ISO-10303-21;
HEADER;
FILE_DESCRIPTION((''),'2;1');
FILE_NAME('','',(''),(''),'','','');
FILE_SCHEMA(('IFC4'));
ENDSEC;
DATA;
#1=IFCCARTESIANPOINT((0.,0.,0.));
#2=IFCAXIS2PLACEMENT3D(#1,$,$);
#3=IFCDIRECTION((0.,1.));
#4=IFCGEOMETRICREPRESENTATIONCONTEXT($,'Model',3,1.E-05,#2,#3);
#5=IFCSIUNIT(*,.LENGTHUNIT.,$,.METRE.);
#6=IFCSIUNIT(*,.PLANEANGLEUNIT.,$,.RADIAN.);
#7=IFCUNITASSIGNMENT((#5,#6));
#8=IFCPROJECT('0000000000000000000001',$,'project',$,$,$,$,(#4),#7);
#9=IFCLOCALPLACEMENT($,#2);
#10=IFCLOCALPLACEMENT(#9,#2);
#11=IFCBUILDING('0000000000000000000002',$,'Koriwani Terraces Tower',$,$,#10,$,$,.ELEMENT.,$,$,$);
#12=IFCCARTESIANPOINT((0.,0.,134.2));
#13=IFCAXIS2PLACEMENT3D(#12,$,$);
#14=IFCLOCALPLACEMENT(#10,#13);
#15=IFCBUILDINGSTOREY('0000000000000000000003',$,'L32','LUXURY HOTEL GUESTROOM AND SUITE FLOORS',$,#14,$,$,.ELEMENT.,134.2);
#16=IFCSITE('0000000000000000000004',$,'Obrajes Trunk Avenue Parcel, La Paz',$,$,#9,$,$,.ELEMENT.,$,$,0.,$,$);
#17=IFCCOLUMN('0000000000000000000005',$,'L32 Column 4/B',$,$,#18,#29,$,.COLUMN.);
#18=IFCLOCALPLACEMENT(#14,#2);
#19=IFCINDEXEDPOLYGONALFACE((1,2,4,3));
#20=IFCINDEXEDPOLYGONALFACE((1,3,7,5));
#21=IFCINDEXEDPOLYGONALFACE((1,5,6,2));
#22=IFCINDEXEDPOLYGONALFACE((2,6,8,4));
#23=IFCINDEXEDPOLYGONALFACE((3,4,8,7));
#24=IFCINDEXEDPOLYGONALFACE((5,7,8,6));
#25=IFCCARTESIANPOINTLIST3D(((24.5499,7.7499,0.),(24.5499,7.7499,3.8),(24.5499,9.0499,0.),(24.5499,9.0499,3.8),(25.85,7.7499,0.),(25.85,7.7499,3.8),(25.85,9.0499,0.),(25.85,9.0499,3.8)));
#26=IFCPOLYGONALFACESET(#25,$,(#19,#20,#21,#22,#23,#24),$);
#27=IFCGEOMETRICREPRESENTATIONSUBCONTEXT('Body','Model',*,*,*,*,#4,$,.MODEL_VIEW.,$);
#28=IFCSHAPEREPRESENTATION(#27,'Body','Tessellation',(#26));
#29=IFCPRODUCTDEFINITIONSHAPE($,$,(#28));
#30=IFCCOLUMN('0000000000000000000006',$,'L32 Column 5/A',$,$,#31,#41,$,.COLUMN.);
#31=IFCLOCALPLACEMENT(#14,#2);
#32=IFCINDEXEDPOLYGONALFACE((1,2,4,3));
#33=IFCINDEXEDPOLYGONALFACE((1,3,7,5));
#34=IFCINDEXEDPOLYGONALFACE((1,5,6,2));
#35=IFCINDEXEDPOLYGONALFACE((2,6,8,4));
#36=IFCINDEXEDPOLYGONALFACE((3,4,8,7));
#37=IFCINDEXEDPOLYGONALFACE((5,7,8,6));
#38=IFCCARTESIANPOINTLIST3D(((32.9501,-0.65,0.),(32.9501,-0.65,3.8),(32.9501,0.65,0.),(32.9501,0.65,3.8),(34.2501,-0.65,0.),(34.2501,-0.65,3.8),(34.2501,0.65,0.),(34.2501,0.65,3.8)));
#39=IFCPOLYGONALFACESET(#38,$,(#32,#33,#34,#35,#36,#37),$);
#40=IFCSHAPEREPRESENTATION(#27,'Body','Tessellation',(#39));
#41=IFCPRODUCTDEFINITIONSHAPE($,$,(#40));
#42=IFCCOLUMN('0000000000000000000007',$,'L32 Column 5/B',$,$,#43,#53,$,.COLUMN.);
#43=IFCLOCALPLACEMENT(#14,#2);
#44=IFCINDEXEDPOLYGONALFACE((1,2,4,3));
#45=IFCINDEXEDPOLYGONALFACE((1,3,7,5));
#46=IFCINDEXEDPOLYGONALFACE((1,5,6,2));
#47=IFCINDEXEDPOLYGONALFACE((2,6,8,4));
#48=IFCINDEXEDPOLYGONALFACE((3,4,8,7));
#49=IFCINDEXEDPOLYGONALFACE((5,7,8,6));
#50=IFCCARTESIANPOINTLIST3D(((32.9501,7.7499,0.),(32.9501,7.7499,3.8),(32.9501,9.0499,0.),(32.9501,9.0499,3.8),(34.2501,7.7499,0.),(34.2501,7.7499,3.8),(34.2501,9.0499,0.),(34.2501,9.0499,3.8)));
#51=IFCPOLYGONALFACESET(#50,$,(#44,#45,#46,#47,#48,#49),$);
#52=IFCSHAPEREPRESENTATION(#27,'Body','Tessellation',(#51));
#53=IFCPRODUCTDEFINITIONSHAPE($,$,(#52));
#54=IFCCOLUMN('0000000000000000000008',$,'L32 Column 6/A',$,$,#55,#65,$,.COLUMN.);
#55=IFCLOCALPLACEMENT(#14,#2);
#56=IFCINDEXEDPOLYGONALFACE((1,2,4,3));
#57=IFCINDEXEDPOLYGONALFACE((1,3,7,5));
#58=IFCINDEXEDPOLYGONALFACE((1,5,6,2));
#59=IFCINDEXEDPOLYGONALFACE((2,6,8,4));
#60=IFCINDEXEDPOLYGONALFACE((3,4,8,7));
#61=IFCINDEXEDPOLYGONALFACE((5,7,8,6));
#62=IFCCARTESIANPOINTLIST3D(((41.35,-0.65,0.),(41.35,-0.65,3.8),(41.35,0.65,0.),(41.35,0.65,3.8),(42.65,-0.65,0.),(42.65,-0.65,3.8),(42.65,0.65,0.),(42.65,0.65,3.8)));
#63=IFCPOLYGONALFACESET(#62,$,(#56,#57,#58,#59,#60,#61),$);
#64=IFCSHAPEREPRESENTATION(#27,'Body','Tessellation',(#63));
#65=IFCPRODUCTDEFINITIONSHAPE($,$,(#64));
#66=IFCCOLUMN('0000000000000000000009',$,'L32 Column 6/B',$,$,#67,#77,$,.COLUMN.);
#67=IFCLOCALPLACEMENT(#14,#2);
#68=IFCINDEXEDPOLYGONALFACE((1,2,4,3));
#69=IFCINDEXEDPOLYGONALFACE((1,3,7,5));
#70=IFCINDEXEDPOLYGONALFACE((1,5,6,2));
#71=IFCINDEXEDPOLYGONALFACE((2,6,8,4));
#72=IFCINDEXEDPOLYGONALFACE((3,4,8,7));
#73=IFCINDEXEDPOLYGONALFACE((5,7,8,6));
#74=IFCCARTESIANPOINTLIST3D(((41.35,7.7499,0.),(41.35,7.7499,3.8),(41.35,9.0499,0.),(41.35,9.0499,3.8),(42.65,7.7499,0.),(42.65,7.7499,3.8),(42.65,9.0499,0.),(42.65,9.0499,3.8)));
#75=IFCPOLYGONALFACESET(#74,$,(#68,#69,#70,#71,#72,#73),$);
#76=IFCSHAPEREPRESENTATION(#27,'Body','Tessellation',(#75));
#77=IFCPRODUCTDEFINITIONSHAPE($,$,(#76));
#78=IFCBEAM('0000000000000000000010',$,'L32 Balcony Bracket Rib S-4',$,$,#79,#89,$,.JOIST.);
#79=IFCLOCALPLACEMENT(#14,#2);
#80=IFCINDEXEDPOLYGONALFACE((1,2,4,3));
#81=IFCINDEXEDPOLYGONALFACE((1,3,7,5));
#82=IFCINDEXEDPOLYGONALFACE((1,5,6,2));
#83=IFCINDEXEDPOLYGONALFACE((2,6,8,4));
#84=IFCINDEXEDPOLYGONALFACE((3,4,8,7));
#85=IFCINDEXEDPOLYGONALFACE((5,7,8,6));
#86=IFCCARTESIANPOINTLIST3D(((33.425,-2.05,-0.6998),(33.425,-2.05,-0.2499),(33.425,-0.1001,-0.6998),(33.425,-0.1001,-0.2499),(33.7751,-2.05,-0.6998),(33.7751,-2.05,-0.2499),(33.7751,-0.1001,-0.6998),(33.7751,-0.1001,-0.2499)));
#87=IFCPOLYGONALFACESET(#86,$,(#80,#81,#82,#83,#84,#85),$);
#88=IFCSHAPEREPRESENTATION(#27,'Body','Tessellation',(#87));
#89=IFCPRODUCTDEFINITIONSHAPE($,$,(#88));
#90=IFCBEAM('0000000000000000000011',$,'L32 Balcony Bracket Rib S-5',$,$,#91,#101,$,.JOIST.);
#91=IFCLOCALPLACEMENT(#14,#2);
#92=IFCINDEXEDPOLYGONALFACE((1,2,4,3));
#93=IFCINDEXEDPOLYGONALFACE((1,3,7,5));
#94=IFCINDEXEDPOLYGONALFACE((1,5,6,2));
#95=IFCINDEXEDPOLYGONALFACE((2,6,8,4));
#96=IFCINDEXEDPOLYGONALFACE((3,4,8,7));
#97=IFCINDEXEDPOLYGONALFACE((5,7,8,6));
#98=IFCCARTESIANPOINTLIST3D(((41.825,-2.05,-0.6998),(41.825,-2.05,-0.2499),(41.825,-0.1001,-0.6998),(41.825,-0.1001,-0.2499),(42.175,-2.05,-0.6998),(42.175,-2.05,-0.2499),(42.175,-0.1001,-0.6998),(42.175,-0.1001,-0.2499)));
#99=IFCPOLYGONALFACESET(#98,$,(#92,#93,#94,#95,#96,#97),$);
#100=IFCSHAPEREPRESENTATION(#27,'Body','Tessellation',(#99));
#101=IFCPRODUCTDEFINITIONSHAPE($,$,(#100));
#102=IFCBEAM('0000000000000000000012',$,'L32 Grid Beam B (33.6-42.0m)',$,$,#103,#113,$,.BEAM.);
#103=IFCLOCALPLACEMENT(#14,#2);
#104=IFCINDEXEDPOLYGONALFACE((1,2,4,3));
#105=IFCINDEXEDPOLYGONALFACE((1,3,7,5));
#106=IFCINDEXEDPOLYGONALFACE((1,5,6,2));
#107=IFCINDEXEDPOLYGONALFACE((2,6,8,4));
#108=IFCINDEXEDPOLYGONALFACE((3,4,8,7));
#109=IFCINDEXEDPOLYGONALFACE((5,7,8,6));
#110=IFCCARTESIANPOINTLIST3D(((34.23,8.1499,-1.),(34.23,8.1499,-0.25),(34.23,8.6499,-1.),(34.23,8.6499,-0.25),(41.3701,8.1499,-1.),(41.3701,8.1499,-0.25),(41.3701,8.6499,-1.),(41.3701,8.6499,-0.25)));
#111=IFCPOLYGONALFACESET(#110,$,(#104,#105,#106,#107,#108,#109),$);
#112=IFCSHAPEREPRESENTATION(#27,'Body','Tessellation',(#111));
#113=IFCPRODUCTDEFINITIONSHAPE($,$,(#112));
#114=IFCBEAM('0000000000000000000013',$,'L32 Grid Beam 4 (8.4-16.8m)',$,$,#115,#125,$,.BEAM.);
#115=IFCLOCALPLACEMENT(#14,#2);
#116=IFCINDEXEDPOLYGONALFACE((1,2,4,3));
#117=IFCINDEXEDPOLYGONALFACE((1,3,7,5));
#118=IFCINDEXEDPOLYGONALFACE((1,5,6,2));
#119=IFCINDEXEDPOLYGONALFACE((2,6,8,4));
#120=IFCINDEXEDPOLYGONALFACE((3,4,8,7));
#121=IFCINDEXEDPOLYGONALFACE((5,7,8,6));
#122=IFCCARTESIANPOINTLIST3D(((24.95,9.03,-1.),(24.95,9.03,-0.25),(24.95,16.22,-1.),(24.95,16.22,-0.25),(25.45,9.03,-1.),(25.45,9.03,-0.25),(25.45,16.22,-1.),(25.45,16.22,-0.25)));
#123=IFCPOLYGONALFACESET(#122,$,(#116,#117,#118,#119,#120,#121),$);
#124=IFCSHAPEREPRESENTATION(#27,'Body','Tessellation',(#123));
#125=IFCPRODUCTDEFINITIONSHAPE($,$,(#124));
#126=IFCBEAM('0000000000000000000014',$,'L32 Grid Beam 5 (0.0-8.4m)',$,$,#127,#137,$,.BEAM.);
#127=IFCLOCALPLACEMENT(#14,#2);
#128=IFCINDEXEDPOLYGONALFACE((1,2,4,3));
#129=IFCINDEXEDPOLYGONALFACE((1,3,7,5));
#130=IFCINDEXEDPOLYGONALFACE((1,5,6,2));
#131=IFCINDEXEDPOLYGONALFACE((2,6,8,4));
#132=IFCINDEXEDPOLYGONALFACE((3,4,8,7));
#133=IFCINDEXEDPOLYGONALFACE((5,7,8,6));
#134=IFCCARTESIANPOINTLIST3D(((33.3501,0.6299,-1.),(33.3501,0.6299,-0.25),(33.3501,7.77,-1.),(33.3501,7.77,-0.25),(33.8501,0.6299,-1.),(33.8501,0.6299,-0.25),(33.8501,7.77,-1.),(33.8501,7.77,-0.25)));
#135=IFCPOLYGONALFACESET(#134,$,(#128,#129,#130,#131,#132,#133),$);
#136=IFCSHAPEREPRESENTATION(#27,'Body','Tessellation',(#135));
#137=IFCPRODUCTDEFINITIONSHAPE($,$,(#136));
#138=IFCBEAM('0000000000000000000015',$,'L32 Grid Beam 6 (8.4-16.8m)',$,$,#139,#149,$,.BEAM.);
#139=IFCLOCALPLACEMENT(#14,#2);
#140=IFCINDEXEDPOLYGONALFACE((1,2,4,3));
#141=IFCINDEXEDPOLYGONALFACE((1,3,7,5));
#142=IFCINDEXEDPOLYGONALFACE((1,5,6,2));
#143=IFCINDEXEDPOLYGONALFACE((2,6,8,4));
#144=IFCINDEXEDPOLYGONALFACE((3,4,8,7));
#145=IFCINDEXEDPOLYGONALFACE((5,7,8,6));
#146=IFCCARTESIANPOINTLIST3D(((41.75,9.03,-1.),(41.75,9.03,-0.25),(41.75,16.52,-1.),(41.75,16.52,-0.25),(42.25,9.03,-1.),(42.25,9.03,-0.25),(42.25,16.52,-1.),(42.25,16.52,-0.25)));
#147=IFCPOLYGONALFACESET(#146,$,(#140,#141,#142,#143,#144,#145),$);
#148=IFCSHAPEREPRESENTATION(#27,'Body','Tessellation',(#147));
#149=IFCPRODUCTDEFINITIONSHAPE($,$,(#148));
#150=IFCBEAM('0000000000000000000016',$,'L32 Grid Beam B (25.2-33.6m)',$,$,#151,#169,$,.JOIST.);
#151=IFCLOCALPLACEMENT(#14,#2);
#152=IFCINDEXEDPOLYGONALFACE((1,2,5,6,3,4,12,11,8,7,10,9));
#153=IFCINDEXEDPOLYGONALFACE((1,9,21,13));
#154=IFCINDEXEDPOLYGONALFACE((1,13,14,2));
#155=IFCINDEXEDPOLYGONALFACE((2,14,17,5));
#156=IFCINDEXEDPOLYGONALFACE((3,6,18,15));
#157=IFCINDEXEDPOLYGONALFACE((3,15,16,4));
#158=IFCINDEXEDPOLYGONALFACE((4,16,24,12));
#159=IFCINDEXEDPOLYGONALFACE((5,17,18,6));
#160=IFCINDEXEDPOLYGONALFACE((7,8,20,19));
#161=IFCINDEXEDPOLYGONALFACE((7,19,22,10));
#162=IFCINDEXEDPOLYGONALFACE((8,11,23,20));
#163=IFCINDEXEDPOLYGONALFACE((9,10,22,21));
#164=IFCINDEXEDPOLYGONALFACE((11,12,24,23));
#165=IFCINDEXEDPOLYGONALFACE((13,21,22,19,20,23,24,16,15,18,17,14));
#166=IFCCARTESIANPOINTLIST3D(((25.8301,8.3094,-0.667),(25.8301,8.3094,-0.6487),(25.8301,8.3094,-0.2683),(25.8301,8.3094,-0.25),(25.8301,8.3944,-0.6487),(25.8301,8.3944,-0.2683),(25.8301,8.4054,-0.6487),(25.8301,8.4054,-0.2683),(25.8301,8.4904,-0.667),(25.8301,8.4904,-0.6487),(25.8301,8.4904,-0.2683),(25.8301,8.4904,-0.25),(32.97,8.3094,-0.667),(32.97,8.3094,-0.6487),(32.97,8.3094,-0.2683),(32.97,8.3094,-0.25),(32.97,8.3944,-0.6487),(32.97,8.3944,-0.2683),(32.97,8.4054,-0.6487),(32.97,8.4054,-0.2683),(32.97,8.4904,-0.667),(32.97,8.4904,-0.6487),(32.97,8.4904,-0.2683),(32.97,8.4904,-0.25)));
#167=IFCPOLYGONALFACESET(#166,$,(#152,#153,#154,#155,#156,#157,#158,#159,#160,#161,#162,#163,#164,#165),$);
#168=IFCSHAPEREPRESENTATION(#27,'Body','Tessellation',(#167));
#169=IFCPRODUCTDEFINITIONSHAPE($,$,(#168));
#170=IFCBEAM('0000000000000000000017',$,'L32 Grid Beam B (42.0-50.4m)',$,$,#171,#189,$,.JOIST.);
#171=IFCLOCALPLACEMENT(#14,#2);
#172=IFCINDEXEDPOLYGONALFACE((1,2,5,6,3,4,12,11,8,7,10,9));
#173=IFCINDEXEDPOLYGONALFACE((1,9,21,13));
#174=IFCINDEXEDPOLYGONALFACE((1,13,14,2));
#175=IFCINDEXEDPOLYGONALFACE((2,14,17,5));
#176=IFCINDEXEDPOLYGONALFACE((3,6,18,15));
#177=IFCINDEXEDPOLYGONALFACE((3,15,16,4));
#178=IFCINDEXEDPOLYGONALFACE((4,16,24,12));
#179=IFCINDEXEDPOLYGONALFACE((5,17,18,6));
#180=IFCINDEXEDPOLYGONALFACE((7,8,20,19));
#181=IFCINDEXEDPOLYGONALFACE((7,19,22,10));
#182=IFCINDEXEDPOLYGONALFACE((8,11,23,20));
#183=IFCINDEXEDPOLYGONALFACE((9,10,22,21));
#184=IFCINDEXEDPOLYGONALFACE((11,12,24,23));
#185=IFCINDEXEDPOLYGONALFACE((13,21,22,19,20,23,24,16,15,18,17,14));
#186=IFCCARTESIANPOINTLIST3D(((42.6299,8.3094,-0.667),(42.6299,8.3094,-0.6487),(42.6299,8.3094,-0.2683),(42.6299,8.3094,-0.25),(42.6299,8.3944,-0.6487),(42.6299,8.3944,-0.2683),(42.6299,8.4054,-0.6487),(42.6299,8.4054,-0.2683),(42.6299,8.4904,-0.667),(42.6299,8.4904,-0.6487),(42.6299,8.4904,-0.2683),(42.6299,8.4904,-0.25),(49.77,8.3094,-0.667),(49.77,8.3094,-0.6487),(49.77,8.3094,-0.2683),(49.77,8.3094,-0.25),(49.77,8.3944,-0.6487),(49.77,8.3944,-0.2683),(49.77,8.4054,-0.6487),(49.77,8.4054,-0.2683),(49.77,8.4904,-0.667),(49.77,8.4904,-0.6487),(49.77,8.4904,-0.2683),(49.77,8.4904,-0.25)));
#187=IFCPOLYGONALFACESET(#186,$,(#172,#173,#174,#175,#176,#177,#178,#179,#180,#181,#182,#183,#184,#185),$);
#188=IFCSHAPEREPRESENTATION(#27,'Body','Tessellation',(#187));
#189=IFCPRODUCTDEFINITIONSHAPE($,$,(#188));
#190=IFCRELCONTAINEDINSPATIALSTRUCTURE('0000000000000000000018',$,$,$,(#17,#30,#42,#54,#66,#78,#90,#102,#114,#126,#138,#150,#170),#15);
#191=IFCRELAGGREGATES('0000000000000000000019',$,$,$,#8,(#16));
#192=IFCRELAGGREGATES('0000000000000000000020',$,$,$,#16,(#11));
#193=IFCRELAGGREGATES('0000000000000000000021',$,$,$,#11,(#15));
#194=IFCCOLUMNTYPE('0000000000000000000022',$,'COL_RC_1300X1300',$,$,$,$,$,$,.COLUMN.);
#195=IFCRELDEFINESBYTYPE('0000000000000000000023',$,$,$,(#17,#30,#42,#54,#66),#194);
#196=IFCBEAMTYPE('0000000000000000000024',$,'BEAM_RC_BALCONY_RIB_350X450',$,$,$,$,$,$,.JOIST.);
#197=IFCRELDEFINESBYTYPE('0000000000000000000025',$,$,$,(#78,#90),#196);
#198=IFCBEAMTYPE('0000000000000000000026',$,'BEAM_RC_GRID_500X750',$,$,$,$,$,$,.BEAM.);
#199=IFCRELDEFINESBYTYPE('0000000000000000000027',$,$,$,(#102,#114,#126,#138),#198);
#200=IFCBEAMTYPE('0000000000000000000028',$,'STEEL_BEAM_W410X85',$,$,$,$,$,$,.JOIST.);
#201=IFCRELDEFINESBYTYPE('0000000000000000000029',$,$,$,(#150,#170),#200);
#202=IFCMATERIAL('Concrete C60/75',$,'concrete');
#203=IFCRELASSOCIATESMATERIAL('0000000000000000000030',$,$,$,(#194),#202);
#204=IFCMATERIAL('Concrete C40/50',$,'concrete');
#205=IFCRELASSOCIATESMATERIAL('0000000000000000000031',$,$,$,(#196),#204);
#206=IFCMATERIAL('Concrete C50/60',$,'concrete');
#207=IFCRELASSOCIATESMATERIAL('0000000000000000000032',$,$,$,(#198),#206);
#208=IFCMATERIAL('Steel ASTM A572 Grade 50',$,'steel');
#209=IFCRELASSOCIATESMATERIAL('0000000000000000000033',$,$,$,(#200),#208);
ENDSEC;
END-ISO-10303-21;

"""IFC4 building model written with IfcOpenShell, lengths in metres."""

from ifc_helpers import new_model, si_unit, direction, frame, origin, origin_2d, place, context, subcontext, project, spatial, rectangle, i_section, extrude, material, material_profile, profile_set, type_object, element, save


model = new_model("IFC4")

# Units and contexts
model_context = context("Model", 3, precision=1e-05, world=origin(), true_north=direction((0.0, 1.0)))
body_context = subcontext(model_context, "Body", "Model", "MODEL_VIEW")
ifc_project = project(units=[si_unit("LENGTHUNIT", "METRE"), si_unit("PLANEANGLEUNIT", "RADIAN")], contexts=[model_context])

# Site, building, storey
site_placement = place(None, origin())
site = spatial("IfcSite", under=ifc_project, at=site_placement, Name="Obrajes Trunk Avenue Parcel, La Paz", CompositionType="ELEMENT", RefElevation=0.0)
building_placement = place(site_placement, origin())
building = spatial("IfcBuilding", under=site, at=building_placement, Name="Koriwani Terraces Tower", CompositionType="ELEMENT")
storey_placement = place(building_placement, frame((0.0, 0.0, 134.2)))
storey = spatial("IfcBuildingStorey", under=building, at=storey_placement, Name="L32", Description="LUXURY HOTEL GUESTROOM AND SUITE FLOORS", CompositionType="ELEMENT", Elevation=134.2)

# Columns
ifc_material_1 = material(Name="Concrete C60/75", Category="concrete")
ifc_material_profile_1 = material_profile(ifc_material_1, rectangle(XDim=1.3, YDim=1.3, at=origin_2d()), Name="Concrete C60/75", Category="LoadBearing")
ifc_profile_set_1 = profile_set([ifc_material_profile_1], Name="Concrete C60/75")
column_type = type_object("IfcColumnType", Name="COL_RC_1300X1300", PredefinedType="COLUMN", material=ifc_profile_set_1)
for number, where, z_axis, x_axis, name in (
    (1, (25.2, 8.3999, 0.0), (0.0, 0.0, 1.0), (1.0, 0.0, 0.0), "L32 Column 4/B"),
    (2, (33.6001, 0.0, 0.0), (0.0, 0.0, 1.0), (1.0, 0.0, 0.0), "L32 Column 5/A"),
    (3, (33.6001, 8.3999, 0.0), (0.0, 0.0, 1.0), (1.0, 0.0, 0.0), "L32 Column 5/B"),
    (4, (42.0, 0.0, 0.0), (0.0, 0.0, 1.0), (1.0, 0.0, 0.0), "L32 Column 6/A"),
    (5, (42.0, 8.3999, 0.0), (0.0, 0.0, 1.0), (1.0, 0.0, 0.0), "L32 Column 6/B"),
):
    element("IfcColumn", number, at=place(storey_placement, frame(where, z_axis=z_axis, x_axis=x_axis)), inside=storey, type_object=column_type, Name=name, PredefinedType="COLUMN", context=body_context, shape_type="SweptSolid", body=[
        extrude(rectangle(XDim=1.3, YDim=1.3, at=origin_2d()), origin(), (0.0, 0.0, 1.0), 3.8),
    ])

# Beams
ifc_material_2 = material(Name="Concrete C40/50", Category="concrete")
ifc_material_profile_2 = material_profile(ifc_material_2, rectangle(XDim=0.3501, YDim=0.45, at=origin_2d()), Name="Concrete C40/50", Category="LoadBearing")
ifc_profile_set_2 = profile_set([ifc_material_profile_2], Name="Concrete C40/50")
beam_type_1 = type_object("IfcBeamType", Name="BEAM_RC_BALCONY_RIB_350X450", PredefinedType="JOIST", material=ifc_profile_set_2)
for number, where, z_axis, x_axis, name in (
    (6, (33.6001, -2.05, -0.4749), (0.0, 1.0, 0.0), (-1.0, 0.0, 0.0), "L32 Balcony Bracket Rib S-4"),
    (7, (42.0, -2.05, -0.4749), (0.0, 1.0, 0.0), (-1.0, 0.0, 0.0), "L32 Balcony Bracket Rib S-5"),
):
    element("IfcBeam", number, at=place(storey_placement, frame(where, z_axis=z_axis, x_axis=x_axis)), inside=storey, type_object=beam_type_1, Name=name, PredefinedType="JOIST", context=body_context, shape_type="SweptSolid", body=[
        extrude(rectangle(XDim=0.3501, YDim=0.45, at=origin_2d()), origin(), (0.0, 0.0, 1.0), 1.95),
    ])
ifc_material_3 = material(Name="Concrete C50/60", Category="concrete")
ifc_material_profile_3 = material_profile(ifc_material_3, rectangle(XDim=0.5, YDim=0.75, at=origin_2d()), Name="Concrete C50/60", Category="LoadBearing")
ifc_profile_set_3 = profile_set([ifc_material_profile_3], Name="Concrete C50/60")
beam_type_2 = type_object("IfcBeamType", Name="BEAM_RC_GRID_500X750", PredefinedType="BEAM", material=ifc_profile_set_3)
beam_1_placement = place(storey_placement, frame((34.23, 8.3999, -0.625), z_axis=(1.0, 0.0, 0.0), x_axis=(0.0, 1.0, 0.0)))
element("IfcBeam", 8, at=beam_1_placement, inside=storey, type_object=beam_type_2, Name="L32 Grid Beam B (33.6-42.0m)", PredefinedType="BEAM", context=body_context, shape_type="SweptSolid", body=[
    extrude(rectangle(XDim=0.5, YDim=0.75, at=origin_2d()), origin(), (0.0, 0.0, 1.0), 7.1401),
])
beam_2_placement = place(storey_placement, frame((25.2, 9.03, -0.625), z_axis=(0.0, 1.0, 0.0), x_axis=(-1.0, 0.0, 0.0)))
element("IfcBeam", 9, at=beam_2_placement, inside=storey, type_object=beam_type_2, Name="L32 Grid Beam 4 (8.4-16.8m)", PredefinedType="BEAM", context=body_context, shape_type="SweptSolid", body=[
    extrude(rectangle(XDim=0.5, YDim=0.75, at=origin_2d()), origin(), (0.0, 0.0, 1.0), 7.1899),
])
beam_3_placement = place(storey_placement, frame((33.6001, 0.6299, -0.625), z_axis=(0.0, 1.0, 0.0), x_axis=(-1.0, 0.0, 0.0)))
element("IfcBeam", 10, at=beam_3_placement, inside=storey, type_object=beam_type_2, Name="L32 Grid Beam 5 (0.0-8.4m)", PredefinedType="BEAM", context=body_context, shape_type="SweptSolid", body=[
    extrude(rectangle(XDim=0.5, YDim=0.75, at=origin_2d()), origin(), (0.0, 0.0, 1.0), 7.1401),
])
beam_4_placement = place(storey_placement, frame((42.0, 9.03, -0.625), z_axis=(0.0, 1.0, 0.0), x_axis=(-1.0, 0.0, 0.0)))
element("IfcBeam", 11, at=beam_4_placement, inside=storey, type_object=beam_type_2, Name="L32 Grid Beam 6 (8.4-16.8m)", PredefinedType="BEAM", context=body_context, shape_type="SweptSolid", body=[
    extrude(rectangle(XDim=0.5, YDim=0.75, at=origin_2d()), origin(), (0.0, 0.0, 1.0), 7.49),
])
ifc_material_4 = material(Name="Steel ASTM A572 Grade 50", Category="steel")
ifc_material_profile_4 = material_profile(ifc_material_4, i_section(OverallWidth=0.1809, OverallDepth=0.417, WebThickness=0.011, FlangeThickness=0.0183, at=origin_2d()), Name="Steel ASTM A572 Grade 50", Category="LoadBearing")
ifc_profile_set_4 = profile_set([ifc_material_profile_4], Name="Steel ASTM A572 Grade 50")
beam_type_3 = type_object("IfcBeamType", Name="STEEL_BEAM_W410X85", PredefinedType="JOIST", material=ifc_profile_set_4)
beam_5_placement = place(storey_placement, frame((25.8301, 8.3999, -0.4585), z_axis=(1.0, 0.0, 0.0), x_axis=(0.0, 1.0, 0.0)))
element("IfcBeam", 12, at=beam_5_placement, inside=storey, type_object=beam_type_3, Name="L32 Grid Beam B (25.2-33.6m)", PredefinedType="JOIST", context=body_context, shape_type="SweptSolid", body=[
    extrude(i_section(OverallWidth=0.1809, OverallDepth=0.417, WebThickness=0.011, FlangeThickness=0.0183, at=origin_2d()), origin(), (0.0, 0.0, 1.0), 7.1399),
])
beam_6_placement = place(storey_placement, frame((42.6299, 8.3999, -0.4585), z_axis=(1.0, 0.0, 0.0), x_axis=(0.0, 1.0, 0.0)))
element("IfcBeam", 13, at=beam_6_placement, inside=storey, type_object=beam_type_3, Name="L32 Grid Beam B (42.0-50.4m)", PredefinedType="JOIST", context=body_context, shape_type="SweptSolid", body=[
    extrude(i_section(OverallWidth=0.1809, OverallDepth=0.417, WebThickness=0.011, FlangeThickness=0.0183, at=origin_2d()), origin(), (0.0, 0.0, 1.0), 7.1401),
])

save(model, "model.ifc")
